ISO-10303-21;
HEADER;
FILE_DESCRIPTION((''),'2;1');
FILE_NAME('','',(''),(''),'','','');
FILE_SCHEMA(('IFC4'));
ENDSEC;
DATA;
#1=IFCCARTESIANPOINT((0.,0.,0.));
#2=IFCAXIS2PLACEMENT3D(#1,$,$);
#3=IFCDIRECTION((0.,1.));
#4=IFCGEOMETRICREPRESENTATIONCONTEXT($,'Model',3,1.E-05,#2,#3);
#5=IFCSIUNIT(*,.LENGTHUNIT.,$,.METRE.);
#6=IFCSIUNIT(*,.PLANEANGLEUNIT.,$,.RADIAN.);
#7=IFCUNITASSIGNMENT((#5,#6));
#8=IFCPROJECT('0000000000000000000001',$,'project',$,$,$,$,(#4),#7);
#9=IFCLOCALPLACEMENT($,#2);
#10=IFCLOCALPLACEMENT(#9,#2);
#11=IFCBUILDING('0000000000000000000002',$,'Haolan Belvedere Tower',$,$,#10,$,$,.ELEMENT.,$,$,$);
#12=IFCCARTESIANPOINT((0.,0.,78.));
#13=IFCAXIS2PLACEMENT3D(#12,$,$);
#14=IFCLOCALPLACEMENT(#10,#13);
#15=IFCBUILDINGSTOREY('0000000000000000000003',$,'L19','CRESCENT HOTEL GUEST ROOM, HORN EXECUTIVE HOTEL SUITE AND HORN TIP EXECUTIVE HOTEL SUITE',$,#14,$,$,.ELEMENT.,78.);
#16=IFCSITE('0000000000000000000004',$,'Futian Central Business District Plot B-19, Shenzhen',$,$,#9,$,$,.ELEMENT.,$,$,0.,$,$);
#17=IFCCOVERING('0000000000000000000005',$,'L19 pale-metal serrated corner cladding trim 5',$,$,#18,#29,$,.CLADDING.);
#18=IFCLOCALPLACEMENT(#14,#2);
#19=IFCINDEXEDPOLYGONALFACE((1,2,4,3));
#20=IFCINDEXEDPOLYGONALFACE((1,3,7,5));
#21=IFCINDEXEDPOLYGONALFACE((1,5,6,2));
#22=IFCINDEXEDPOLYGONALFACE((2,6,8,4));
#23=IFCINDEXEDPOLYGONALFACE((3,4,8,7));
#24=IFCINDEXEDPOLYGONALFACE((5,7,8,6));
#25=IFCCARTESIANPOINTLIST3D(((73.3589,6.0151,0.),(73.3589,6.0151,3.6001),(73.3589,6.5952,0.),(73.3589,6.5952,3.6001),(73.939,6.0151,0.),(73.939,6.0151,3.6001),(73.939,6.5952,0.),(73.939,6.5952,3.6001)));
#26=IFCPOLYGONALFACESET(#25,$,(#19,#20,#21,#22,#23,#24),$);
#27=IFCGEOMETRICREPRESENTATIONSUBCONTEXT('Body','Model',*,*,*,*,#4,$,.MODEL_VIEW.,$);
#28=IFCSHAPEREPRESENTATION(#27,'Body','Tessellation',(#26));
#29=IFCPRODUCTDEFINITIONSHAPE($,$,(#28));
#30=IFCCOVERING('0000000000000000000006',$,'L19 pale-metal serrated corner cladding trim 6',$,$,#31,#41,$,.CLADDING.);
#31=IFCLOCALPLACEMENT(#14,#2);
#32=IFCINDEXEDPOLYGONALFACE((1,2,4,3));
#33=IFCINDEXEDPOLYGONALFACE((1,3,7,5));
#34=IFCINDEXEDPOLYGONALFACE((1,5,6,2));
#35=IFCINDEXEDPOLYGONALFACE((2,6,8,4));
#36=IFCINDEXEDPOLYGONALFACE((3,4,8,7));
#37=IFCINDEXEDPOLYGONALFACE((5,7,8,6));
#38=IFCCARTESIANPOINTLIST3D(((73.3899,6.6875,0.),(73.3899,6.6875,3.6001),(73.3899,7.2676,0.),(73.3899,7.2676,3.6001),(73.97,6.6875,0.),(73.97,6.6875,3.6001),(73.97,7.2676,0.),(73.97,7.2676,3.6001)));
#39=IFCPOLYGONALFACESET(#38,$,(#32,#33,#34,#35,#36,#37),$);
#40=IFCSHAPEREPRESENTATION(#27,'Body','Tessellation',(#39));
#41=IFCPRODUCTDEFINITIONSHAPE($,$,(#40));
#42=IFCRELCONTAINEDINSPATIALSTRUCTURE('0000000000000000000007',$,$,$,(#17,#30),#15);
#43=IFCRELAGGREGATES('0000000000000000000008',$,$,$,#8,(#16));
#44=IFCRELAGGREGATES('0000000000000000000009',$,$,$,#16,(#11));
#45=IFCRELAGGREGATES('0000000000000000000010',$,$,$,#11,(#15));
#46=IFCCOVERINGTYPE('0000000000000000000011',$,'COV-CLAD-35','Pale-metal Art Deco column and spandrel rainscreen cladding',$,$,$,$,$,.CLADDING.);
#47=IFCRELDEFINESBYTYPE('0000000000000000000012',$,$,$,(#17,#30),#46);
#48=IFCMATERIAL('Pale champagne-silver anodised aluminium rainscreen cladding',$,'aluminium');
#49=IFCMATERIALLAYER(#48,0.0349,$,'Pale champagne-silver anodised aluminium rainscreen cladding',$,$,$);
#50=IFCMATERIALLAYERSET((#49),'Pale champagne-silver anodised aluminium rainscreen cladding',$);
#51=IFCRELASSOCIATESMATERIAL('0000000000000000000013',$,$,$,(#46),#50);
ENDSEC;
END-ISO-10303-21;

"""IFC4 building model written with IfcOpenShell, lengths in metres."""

from ifc_helpers import new_model, si_unit, direction, frame, origin, origin_2d, place, context, subcontext, project, spatial, rectangle, extrude, material, layer, layer_set, type_object, element, save


model = new_model("IFC4")

# Units and contexts
model_context = context("Model", 3, precision=1e-05, world=origin(), true_north=direction((0.0, 1.0)))
body_context = subcontext(model_context, "Body", "Model", "MODEL_VIEW")
ifc_project = project(units=[si_unit("LENGTHUNIT", "METRE"), si_unit("PLANEANGLEUNIT", "RADIAN")], contexts=[model_context])

# Site, building, storey
site_placement = place(None, origin())
site = spatial("IfcSite", under=ifc_project, at=site_placement, Name="Futian Central Business District Plot B-19, Shenzhen", CompositionType="ELEMENT", RefElevation=0.0)
building_placement = place(site_placement, origin())
building = spatial("IfcBuilding", under=site, at=building_placement, Name="Haolan Belvedere Tower", CompositionType="ELEMENT")
storey_placement = place(building_placement, frame((0.0, 0.0, 78.0)))
storey = spatial("IfcBuildingStorey", under=building, at=storey_placement, Name="L19", Description="CRESCENT HOTEL GUEST ROOM, HORN EXECUTIVE HOTEL SUITE AND HORN TIP EXECUTIVE HOTEL SUITE", CompositionType="ELEMENT", Elevation=78.0)

# Coverings
ifc_material_1 = material(Name="Pale champagne-silver anodised aluminium rainscreen cladding", Category="aluminium")
ifc_layer_1 = layer(ifc_material_1, 0.0349, Name="Pale champagne-silver anodised aluminium rainscreen cladding")
ifc_layer_set_1 = layer_set([ifc_layer_1], Name="Pale champagne-silver anodised aluminium rainscreen cladding")
covering_type = type_object("IfcCoveringType", Name="COV-CLAD-35", Description="Pale-metal Art Deco column and spandrel rainscreen cladding", PredefinedType="CLADDING", material=ifc_layer_set_1)
for number, where, z_axis, x_axis, name in (
    (1, (73.6489, 6.3052, 0.0), (0.0, 0.0, 1.0), (1.0, 0.0, 0.0), "L19 pale-metal serrated corner cladding trim 5"),
    (2, (73.6799, 6.9775, 0.0), (0.0, 0.0, 1.0), (1.0, 0.0, 0.0), "L19 pale-metal serrated corner cladding trim 6"),
):
    element("IfcCovering", number, at=place(storey_placement, frame(where, z_axis=z_axis, x_axis=x_axis)), inside=storey, type_object=covering_type, Name=name, PredefinedType="CLADDING", context=body_context, shape_type="SweptSolid", body=[
        extrude(rectangle(XDim=0.5801, YDim=0.5801, at=origin_2d()), origin(), (0.0, 0.0, 1.0), 3.6001),
    ])

save(model, "model.ifc")
